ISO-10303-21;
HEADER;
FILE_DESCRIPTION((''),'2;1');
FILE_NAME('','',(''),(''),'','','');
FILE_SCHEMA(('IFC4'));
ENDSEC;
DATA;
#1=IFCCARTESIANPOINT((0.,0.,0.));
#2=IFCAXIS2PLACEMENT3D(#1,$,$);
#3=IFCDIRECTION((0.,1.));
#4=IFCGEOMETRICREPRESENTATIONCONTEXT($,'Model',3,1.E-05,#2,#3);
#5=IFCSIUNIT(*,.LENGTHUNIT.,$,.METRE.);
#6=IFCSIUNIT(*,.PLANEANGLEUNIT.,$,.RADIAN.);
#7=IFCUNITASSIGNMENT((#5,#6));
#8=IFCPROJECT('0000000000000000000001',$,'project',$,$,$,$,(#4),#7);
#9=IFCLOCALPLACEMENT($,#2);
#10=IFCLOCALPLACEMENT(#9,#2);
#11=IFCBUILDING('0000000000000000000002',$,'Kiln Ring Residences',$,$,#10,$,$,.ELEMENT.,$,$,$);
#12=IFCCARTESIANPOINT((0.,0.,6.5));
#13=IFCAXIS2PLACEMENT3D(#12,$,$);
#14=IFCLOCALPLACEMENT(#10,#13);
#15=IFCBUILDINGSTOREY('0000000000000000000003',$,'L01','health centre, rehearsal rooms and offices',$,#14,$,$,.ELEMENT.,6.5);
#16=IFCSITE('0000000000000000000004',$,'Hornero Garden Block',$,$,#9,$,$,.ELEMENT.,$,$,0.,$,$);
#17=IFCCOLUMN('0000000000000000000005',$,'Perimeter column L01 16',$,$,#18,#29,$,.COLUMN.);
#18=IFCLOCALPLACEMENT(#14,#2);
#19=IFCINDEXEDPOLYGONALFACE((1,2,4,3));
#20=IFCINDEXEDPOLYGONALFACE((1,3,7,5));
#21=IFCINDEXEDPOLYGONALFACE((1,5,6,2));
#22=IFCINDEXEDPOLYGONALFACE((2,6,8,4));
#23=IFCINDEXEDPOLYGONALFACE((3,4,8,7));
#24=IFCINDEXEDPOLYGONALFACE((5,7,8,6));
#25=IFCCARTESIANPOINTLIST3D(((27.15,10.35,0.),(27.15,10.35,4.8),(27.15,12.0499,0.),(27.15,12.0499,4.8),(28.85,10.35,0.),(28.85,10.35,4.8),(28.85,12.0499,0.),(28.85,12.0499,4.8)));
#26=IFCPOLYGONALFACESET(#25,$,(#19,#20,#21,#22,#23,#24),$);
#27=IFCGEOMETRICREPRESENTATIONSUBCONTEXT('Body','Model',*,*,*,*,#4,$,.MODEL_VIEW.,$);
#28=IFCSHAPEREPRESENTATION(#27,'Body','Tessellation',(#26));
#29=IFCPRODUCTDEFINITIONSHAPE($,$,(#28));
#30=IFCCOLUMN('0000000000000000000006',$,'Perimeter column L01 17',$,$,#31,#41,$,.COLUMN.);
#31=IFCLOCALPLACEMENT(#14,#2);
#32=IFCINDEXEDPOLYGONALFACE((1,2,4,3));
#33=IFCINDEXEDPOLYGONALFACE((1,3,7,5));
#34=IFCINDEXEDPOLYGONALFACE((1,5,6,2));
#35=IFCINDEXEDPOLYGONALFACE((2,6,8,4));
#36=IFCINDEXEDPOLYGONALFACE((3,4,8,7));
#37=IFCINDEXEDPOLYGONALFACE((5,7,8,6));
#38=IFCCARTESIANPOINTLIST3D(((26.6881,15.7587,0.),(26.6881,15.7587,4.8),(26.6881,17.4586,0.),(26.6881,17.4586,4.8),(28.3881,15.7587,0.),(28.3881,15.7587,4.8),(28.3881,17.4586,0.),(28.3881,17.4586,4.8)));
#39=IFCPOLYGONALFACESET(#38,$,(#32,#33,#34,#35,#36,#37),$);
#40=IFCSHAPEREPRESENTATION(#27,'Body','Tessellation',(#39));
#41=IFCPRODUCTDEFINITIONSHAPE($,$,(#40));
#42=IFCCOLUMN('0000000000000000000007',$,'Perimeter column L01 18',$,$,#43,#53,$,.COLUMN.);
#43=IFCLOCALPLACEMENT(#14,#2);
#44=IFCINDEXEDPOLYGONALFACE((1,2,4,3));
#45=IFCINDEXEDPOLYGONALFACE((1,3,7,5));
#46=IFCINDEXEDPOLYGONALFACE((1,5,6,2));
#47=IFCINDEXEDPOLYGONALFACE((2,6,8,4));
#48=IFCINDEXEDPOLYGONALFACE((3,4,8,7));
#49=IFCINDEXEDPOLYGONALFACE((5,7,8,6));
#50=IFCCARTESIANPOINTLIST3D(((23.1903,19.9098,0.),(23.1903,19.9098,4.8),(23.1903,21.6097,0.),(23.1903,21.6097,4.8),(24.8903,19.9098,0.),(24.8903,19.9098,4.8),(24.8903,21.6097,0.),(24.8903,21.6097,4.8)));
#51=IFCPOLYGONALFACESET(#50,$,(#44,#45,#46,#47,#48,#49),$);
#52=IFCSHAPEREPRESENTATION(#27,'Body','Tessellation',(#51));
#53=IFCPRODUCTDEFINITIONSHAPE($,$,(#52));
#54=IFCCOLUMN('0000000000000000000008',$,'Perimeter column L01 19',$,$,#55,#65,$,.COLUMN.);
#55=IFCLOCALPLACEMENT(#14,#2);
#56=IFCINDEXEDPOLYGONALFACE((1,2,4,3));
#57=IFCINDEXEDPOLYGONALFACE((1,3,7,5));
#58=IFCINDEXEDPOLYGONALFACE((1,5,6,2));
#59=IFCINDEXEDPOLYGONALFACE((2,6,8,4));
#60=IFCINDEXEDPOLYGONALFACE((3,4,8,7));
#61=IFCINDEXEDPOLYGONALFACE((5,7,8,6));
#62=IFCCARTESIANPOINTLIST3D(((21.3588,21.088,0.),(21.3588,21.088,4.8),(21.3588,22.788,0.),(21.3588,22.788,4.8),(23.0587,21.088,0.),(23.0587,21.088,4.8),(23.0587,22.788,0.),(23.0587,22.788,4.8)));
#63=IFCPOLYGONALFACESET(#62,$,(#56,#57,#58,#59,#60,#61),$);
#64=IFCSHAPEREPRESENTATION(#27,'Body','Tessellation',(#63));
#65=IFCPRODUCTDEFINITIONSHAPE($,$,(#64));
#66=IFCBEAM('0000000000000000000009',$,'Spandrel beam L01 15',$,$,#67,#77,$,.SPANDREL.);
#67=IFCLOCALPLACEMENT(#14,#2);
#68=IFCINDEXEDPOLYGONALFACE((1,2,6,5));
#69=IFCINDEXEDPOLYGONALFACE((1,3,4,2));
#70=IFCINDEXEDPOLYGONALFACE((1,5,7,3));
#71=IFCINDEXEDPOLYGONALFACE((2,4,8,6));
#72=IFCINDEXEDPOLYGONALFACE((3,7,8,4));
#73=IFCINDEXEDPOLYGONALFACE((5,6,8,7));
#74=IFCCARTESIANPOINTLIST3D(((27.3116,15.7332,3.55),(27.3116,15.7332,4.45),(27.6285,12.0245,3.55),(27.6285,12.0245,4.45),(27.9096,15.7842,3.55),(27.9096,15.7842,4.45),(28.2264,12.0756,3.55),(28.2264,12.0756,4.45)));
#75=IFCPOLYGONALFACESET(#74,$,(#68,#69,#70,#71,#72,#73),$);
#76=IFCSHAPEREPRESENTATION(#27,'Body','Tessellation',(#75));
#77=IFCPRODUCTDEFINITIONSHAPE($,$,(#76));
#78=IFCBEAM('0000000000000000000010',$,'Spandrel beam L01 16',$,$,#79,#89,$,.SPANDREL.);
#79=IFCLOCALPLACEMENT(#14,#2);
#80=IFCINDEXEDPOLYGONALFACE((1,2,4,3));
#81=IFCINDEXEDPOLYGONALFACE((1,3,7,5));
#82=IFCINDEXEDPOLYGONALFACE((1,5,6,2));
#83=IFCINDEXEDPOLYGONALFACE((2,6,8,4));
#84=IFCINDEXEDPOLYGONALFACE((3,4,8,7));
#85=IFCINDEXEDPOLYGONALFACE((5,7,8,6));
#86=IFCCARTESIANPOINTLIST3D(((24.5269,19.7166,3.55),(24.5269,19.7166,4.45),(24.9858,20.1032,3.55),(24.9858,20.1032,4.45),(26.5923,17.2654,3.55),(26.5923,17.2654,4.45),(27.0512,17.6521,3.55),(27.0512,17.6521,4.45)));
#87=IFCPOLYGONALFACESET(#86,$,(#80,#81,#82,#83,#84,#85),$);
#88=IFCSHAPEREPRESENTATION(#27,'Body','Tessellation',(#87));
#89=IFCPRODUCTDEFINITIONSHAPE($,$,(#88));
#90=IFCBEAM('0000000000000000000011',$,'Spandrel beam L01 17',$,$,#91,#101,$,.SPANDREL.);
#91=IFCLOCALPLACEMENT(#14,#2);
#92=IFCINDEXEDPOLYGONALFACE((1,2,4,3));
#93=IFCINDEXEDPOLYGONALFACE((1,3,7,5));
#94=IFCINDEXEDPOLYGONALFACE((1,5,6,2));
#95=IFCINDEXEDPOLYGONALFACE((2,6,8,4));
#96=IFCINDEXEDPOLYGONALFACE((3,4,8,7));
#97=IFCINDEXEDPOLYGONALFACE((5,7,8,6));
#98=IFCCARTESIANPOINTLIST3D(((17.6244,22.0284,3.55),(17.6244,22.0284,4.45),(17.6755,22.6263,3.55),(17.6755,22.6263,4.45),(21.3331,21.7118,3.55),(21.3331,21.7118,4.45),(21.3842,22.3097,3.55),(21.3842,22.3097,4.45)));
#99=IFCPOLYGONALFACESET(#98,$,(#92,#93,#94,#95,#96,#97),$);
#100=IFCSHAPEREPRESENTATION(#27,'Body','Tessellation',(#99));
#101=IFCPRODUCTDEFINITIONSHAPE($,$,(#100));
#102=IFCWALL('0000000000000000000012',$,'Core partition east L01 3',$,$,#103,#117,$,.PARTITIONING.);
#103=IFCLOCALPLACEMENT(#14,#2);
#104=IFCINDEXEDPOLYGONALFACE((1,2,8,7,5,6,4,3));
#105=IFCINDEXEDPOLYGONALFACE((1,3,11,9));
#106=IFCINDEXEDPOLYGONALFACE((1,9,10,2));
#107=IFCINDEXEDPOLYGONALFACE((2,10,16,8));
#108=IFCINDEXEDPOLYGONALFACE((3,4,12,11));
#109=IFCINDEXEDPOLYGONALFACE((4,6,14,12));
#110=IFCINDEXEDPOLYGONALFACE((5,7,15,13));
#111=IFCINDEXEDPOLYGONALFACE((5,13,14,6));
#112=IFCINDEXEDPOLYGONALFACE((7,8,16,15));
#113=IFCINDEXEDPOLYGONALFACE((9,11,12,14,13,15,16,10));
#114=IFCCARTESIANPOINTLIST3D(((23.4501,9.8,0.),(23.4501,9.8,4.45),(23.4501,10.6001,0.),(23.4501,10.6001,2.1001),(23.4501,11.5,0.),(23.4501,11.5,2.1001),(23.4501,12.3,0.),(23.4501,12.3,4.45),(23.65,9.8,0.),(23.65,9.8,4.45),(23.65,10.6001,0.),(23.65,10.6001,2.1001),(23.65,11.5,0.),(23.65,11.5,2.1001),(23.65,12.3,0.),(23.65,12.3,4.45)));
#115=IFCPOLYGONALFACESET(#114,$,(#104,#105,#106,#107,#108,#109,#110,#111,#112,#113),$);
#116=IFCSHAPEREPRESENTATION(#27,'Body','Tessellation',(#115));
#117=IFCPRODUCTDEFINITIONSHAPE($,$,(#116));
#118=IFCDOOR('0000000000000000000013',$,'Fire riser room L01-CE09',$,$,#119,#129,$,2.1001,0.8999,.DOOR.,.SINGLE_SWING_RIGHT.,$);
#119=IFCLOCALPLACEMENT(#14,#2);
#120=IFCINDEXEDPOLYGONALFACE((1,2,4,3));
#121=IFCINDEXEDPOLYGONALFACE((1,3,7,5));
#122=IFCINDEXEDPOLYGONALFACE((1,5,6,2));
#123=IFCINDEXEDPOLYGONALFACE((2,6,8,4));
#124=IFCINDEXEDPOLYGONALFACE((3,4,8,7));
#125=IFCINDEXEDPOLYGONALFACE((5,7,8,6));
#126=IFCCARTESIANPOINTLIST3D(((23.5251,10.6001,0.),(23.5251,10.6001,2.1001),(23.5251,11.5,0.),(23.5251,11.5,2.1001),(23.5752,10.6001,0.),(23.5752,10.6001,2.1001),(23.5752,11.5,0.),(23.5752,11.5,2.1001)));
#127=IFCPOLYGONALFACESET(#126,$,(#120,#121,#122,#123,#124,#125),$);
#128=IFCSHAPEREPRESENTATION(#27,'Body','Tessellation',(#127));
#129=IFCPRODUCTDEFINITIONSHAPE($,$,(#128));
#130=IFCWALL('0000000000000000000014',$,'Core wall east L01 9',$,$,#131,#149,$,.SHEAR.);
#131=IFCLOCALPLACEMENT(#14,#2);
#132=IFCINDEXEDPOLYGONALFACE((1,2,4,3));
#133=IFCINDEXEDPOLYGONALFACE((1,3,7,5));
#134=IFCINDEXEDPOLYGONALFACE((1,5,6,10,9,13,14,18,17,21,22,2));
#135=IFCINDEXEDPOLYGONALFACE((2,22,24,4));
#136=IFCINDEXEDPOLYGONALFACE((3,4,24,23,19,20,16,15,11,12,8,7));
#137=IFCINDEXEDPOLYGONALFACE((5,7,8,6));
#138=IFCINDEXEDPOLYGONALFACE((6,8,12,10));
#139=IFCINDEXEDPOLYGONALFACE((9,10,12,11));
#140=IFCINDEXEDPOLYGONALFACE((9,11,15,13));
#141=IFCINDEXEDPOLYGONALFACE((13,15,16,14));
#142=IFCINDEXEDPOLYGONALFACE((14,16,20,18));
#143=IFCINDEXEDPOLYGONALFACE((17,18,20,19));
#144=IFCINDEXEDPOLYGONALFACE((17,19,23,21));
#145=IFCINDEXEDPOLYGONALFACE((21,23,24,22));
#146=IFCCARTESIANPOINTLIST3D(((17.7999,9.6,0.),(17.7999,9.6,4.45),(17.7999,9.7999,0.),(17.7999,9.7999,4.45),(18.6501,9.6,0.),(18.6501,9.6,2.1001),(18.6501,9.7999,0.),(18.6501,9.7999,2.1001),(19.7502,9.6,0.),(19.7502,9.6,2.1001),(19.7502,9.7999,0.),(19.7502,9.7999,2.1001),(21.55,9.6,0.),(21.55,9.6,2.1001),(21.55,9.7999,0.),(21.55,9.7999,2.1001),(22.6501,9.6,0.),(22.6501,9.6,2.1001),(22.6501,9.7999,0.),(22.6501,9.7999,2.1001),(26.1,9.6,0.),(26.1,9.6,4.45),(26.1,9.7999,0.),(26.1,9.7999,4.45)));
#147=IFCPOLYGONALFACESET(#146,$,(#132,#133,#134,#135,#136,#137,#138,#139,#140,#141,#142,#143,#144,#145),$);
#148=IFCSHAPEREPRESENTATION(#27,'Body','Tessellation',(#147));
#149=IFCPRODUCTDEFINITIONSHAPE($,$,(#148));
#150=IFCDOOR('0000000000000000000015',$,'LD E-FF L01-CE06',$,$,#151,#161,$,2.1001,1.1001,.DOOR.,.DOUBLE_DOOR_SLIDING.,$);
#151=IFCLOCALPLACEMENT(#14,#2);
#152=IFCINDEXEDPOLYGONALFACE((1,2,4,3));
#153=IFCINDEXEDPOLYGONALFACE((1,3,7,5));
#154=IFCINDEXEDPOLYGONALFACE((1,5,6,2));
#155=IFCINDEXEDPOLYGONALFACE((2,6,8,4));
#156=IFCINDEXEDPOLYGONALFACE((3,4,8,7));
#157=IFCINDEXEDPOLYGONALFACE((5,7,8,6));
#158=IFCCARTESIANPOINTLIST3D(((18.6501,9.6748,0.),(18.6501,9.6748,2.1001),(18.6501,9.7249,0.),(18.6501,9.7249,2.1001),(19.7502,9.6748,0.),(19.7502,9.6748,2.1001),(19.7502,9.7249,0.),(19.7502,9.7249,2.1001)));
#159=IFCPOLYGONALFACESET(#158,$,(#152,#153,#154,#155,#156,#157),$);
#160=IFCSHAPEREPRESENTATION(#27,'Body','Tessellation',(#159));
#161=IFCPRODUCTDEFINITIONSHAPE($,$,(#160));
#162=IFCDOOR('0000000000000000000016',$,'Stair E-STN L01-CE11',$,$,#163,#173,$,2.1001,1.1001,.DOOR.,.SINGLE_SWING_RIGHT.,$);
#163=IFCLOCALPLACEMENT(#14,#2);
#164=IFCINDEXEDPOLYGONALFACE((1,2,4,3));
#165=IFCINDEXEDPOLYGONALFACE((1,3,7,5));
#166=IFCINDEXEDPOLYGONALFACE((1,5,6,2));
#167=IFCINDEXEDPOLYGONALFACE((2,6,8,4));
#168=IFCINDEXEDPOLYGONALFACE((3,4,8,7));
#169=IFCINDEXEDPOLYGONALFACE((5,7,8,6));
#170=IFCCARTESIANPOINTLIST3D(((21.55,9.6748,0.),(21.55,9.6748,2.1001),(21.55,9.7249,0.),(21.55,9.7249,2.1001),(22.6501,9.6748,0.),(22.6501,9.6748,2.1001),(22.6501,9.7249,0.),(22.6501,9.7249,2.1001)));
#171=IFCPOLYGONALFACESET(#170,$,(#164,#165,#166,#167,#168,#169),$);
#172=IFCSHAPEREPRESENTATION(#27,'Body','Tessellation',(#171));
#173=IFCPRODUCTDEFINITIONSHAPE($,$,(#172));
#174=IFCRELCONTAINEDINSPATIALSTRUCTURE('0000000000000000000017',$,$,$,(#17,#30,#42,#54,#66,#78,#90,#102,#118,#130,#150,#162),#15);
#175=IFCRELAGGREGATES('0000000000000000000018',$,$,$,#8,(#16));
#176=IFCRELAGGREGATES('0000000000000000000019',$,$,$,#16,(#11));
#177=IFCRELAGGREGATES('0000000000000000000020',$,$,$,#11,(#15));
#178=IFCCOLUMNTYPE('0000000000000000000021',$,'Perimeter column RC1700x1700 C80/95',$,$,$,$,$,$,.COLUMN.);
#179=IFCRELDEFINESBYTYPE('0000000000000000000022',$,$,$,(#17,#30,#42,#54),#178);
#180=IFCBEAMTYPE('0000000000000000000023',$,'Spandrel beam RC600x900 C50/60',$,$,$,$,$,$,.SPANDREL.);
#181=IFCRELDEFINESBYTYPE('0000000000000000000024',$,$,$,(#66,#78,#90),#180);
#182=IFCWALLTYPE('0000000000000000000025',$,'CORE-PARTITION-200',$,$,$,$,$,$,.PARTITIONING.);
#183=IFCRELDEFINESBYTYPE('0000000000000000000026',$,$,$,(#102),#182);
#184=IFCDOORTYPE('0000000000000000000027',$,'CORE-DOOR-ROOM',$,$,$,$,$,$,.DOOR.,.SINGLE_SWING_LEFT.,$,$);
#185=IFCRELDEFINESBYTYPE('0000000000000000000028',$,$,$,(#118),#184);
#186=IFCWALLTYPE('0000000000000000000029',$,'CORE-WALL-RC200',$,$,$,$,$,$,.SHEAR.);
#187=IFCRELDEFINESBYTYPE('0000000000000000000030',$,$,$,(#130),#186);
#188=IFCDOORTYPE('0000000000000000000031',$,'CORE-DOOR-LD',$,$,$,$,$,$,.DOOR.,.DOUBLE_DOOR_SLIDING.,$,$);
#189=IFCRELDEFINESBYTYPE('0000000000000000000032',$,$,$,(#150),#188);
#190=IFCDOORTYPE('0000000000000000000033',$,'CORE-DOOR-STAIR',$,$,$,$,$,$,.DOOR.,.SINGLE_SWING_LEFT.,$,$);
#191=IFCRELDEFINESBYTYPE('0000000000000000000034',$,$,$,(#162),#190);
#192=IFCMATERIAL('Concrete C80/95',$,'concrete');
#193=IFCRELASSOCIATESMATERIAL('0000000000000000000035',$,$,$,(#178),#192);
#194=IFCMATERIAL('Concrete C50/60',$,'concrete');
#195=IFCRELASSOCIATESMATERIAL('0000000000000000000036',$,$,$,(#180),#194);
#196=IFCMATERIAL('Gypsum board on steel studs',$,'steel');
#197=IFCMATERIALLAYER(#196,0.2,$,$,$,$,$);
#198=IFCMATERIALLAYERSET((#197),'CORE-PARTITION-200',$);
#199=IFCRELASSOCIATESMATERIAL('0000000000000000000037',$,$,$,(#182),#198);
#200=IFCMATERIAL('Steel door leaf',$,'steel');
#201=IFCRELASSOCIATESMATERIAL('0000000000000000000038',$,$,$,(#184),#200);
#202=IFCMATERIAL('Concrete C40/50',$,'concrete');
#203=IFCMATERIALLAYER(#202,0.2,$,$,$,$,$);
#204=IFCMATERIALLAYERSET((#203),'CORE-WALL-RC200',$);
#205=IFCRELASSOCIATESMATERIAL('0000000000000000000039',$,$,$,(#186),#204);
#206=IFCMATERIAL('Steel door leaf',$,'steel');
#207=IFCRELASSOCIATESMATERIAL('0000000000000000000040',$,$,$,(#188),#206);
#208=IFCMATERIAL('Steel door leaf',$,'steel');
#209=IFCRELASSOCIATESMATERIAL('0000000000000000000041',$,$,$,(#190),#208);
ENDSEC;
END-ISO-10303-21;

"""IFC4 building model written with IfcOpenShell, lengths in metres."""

from ifc_helpers import new_model, si_unit, direction, frame, frame_2d, origin, origin_2d, place, context, subcontext, project, spatial, rectangle, extrude, material, layer, layer_set, material_profile, profile_set, type_object, element, fill, save


model = new_model("IFC4")

# Units and contexts
model_context = context("Model", 3, precision=1e-05, world=origin(), true_north=direction((0.0, 1.0)))
body_context = subcontext(model_context, "Body", "Model", "MODEL_VIEW")
ifc_project = project(units=[si_unit("LENGTHUNIT", "METRE"), si_unit("PLANEANGLEUNIT", "RADIAN")], contexts=[model_context])

# Site, building, storey
site_placement = place(None, origin())
site = spatial("IfcSite", under=ifc_project, at=site_placement, Name="Hornero Garden Block", CompositionType="ELEMENT", RefElevation=0.0)
building_placement = place(site_placement, origin())
building = spatial("IfcBuilding", under=site, at=building_placement, Name="Kiln Ring Residences", CompositionType="ELEMENT")
storey_placement = place(building_placement, frame((0.0, 0.0, 6.5)))
storey = spatial("IfcBuildingStorey", under=building, at=storey_placement, Name="L01", Description="health centre, rehearsal rooms and offices", CompositionType="ELEMENT", Elevation=6.5)

# Columns
ifc_material_1 = material(Name="Concrete C80/95", Category="concrete")
ifc_material_profile_1 = material_profile(ifc_material_1, rectangle(XDim=1.7, YDim=1.7, at=origin_2d()), Name="RC1700x1700")
ifc_profile_set_1 = profile_set([ifc_material_profile_1], Name="Concrete C80/95")
column_type = type_object("IfcColumnType", Name="Perimeter column RC1700x1700 C80/95", PredefinedType="COLUMN", material=ifc_profile_set_1)
for number, where, z_axis, x_axis, name in (
    (1, (28.0, 11.2, 0.0), (0.0, 0.0, 1.0), (1.0, 0.0, 0.0), "Perimeter column L01 16"),
    (2, (27.5381, 16.6086, 0.0), (0.0, 0.0, 1.0), (1.0, 0.0, 0.0), "Perimeter column L01 17"),
    (3, (24.0403, 20.7598, 0.0), (0.0, 0.0, 1.0), (1.0, 0.0, 0.0), "Perimeter column L01 18"),
    (4, (22.2087, 21.938, 0.0), (0.0, 0.0, 1.0), (1.0, 0.0, 0.0), "Perimeter column L01 19"),
):
    element("IfcColumn", number, at=place(storey_placement, frame(where, z_axis=z_axis, x_axis=x_axis)), inside=storey, type_object=column_type, Name=name, PredefinedType="COLUMN", context=body_context, shape_type="SweptSolid", body=[
        extrude(rectangle(XDim=1.7, YDim=1.7, at=origin_2d()), origin(), (0.0, 0.0, 1.0), 4.8),
    ])

# Beams
ifc_material_2 = material(Name="Concrete C50/60", Category="concrete")
ifc_material_profile_2 = material_profile(ifc_material_2, rectangle(XDim=0.6001, YDim=0.8999, at=origin_2d()), Name="RC600x900")
ifc_profile_set_2 = profile_set([ifc_material_profile_2], Name="Concrete C50/60")
beam_type = type_object("IfcBeamType", Name="Spandrel beam RC600x900 C50/60", PredefinedType="SPANDREL", material=ifc_profile_set_2)
beam_1_placement = place(storey_placement, frame((27.9275, 12.05, 4.0), z_axis=(-0.085135, 0.996369, 0.0), x_axis=(-0.996369, -0.085135, 0.0)))
element("IfcBeam", 5, at=beam_1_placement, inside=storey, type_object=beam_type, Name="Spandrel beam L01 15", PredefinedType="SPANDREL", context=body_context, shape_type="SweptSolid", body=[
    extrude(rectangle(XDim=0.6001, YDim=0.8999, at=origin_2d()), origin(), (0.0, 0.0, 1.0), 3.7222),
])
beam_2_placement = place(storey_placement, frame((26.8218, 17.4587, 4.0), z_axis=(-0.64437, 0.764714, 0.0), x_axis=(-0.764714, -0.64437, 0.0)))
element("IfcBeam", 6, at=beam_2_placement, inside=storey, type_object=beam_type, Name="Spandrel beam L01 16", PredefinedType="SPANDREL", context=body_context, shape_type="SweptSolid", body=[
    extrude(rectangle(XDim=0.6001, YDim=0.8999, at=origin_2d()), origin(), (0.0, 0.0, 1.0), 3.2053),
])
beam_3_placement = place(storey_placement, frame((21.3586, 22.0107, 4.0), z_axis=(-0.996375, 0.08507, 0.0), x_axis=(-0.08507, -0.996375, 0.0)))
element("IfcBeam", 7, at=beam_3_placement, inside=storey, type_object=beam_type, Name="Spandrel beam L01 17", PredefinedType="SPANDREL", context=body_context, shape_type="SweptSolid", body=[
    extrude(rectangle(XDim=0.6001, YDim=0.8999, at=origin_2d()), origin(), (0.0, 0.0, 1.0), 3.7222),
])

# Wall, opening, door
ifc_material_3 = material(Name="Gypsum board on steel studs", Category="steel")
ifc_layer_1 = layer(ifc_material_3, 0.2)
ifc_layer_set_1 = layer_set([ifc_layer_1], Name="CORE-PARTITION-200")
wall_type_1 = type_object("IfcWallType", Name="CORE-PARTITION-200", PredefinedType="PARTITIONING", material=ifc_layer_set_1)
wall_1_placement = place(storey_placement, frame((23.55, 9.8, 0.0), z_axis=(0.0, 0.0, 1.0), x_axis=(0.0, 1.0, 0.0)))
wall_1 = element("IfcWall", 8, at=wall_1_placement, inside=storey, type_object=wall_type_1, Name="Core partition east L01 3", PredefinedType="PARTITIONING", context=body_context, shape_type="SweptSolid", body=[
    extrude(rectangle(XDim=2.5, YDim=0.2, at=frame_2d((1.25, 0.0))), origin(), (0.0, 0.0, 1.0), 4.45),
])
opening_1_placement = place(wall_1_placement, frame((0.8, 0.0, 0.0)))
opening_1 = element("IfcOpeningElement", 9, at=opening_1_placement, cuts=wall_1, PredefinedType="OPENING", context=body_context, shape_type="SweptSolid", body=[
    extrude(rectangle(XDim=0.8999, YDim=2.1001, at=frame_2d((0.45, 1.05))), frame((0.0, 0.1099, 0.0), z_axis=(0.0, -1.0, 0.0), x_axis=(1.0, 0.0, 0.0)), (0.0, 0.0, 1.0), 0.22),
])
ifc_material_4 = material(Name="Steel door leaf", Category="steel")
door_type_1 = type_object("IfcDoorType", Name="CORE-DOOR-ROOM", OperationType="SINGLE_SWING_LEFT", PredefinedType="DOOR", material=ifc_material_4)
door_1_placement = place(opening_1_placement, origin())
door_1 = element("IfcDoor", 10, at=door_1_placement, inside=storey, type_object=door_type_1, Name="Fire riser room L01-CE09", OperationType="SINGLE_SWING_RIGHT", OverallHeight=2.1001, OverallWidth=0.8999, PredefinedType="DOOR", context=body_context, shape_type="SweptSolid", body=[
    extrude(rectangle(XDim=0.8999, YDim=2.1001, at=frame_2d((0.45, 1.05))), frame((0.0, 0.0249, 0.0), z_axis=(0.0, -1.0, 0.0), x_axis=(1.0, 0.0, 0.0)), (0.0, 0.0, 1.0), 0.05),
])
fill(opening_1, door_1)

# Wall, openings, doors
ifc_material_5 = material(Name="Concrete C40/50", Category="concrete")
ifc_layer_2 = layer(ifc_material_5, 0.2)
ifc_layer_set_2 = layer_set([ifc_layer_2], Name="CORE-WALL-RC200")
wall_type_2 = type_object("IfcWallType", Name="CORE-WALL-RC200", PredefinedType="SHEAR", material=ifc_layer_set_2)
wall_2_placement = place(storey_placement, frame((17.8, 9.7, 0.0), z_axis=(0.0, 0.0, 1.0), x_axis=(1.0, 0.0, 0.0)))
wall_2 = element("IfcWall", 11, at=wall_2_placement, inside=storey, type_object=wall_type_2, Name="Core wall east L01 9", PredefinedType="SHEAR", context=body_context, shape_type="SweptSolid", body=[
    extrude(rectangle(XDim=8.3, YDim=0.2, at=frame_2d((4.1499, 0.0))), origin(), (0.0, 0.0, 1.0), 4.45),
])
opening_2_placement = place(wall_2_placement, frame((0.8501, 0.0, 0.0)))
opening_2 = element("IfcOpeningElement", 12, at=opening_2_placement, cuts=wall_2, PredefinedType="OPENING", context=body_context, shape_type="SweptSolid", body=[
    extrude(rectangle(XDim=1.1001, YDim=2.1001, at=frame_2d((0.55, 1.05))), frame((0.0, 0.1099, 0.0), z_axis=(0.0, -1.0, 0.0), x_axis=(1.0, 0.0, 0.0)), (0.0, 0.0, 1.0), 0.22),
])
opening_3_placement = place(wall_2_placement, frame((3.75, 0.0, 0.0)))
opening_3 = element("IfcOpeningElement", 13, at=opening_3_placement, cuts=wall_2, PredefinedType="OPENING", context=body_context, shape_type="SweptSolid", body=[
    extrude(rectangle(XDim=1.1001, YDim=2.1001, at=frame_2d((0.55, 1.05))), frame((0.0, 0.1099, 0.0), z_axis=(0.0, -1.0, 0.0), x_axis=(1.0, 0.0, 0.0)), (0.0, 0.0, 1.0), 0.22),
])
ifc_material_6 = material(Name="Steel door leaf", Category="steel")
door_type_2 = type_object("IfcDoorType", Name="CORE-DOOR-LD", OperationType="DOUBLE_DOOR_SLIDING", PredefinedType="DOOR", material=ifc_material_6)
door_2_placement = place(opening_2_placement, origin())
door_2 = element("IfcDoor", 14, at=door_2_placement, inside=storey, type_object=door_type_2, Name="LD E-FF L01-CE06", OperationType="DOUBLE_DOOR_SLIDING", OverallHeight=2.1001, OverallWidth=1.1001, PredefinedType="DOOR", context=body_context, shape_type="SweptSolid", body=[
    extrude(rectangle(XDim=1.1001, YDim=2.1001, at=frame_2d((0.55, 1.05))), frame((0.0, 0.0249, 0.0), z_axis=(0.0, -1.0, 0.0), x_axis=(1.0, 0.0, 0.0)), (0.0, 0.0, 1.0), 0.05),
])
fill(opening_2, door_2)
ifc_material_7 = material(Name="Steel door leaf", Category="steel")
door_type_3 = type_object("IfcDoorType", Name="CORE-DOOR-STAIR", OperationType="SINGLE_SWING_LEFT", PredefinedType="DOOR", material=ifc_material_7)
door_3_placement = place(opening_3_placement, origin())
door_3 = element("IfcDoor", 15, at=door_3_placement, inside=storey, type_object=door_type_3, Name="Stair E-STN L01-CE11", OperationType="SINGLE_SWING_RIGHT", OverallHeight=2.1001, OverallWidth=1.1001, PredefinedType="DOOR", context=body_context, shape_type="SweptSolid", body=[
    extrude(rectangle(XDim=1.1001, YDim=2.1001, at=frame_2d((0.55, 1.05))), frame((0.0, 0.0249, 0.0), z_axis=(0.0, -1.0, 0.0), x_axis=(1.0, 0.0, 0.0)), (0.0, 0.0, 1.0), 0.05),
])
fill(opening_3, door_3)

save(model, "model.ifc")
